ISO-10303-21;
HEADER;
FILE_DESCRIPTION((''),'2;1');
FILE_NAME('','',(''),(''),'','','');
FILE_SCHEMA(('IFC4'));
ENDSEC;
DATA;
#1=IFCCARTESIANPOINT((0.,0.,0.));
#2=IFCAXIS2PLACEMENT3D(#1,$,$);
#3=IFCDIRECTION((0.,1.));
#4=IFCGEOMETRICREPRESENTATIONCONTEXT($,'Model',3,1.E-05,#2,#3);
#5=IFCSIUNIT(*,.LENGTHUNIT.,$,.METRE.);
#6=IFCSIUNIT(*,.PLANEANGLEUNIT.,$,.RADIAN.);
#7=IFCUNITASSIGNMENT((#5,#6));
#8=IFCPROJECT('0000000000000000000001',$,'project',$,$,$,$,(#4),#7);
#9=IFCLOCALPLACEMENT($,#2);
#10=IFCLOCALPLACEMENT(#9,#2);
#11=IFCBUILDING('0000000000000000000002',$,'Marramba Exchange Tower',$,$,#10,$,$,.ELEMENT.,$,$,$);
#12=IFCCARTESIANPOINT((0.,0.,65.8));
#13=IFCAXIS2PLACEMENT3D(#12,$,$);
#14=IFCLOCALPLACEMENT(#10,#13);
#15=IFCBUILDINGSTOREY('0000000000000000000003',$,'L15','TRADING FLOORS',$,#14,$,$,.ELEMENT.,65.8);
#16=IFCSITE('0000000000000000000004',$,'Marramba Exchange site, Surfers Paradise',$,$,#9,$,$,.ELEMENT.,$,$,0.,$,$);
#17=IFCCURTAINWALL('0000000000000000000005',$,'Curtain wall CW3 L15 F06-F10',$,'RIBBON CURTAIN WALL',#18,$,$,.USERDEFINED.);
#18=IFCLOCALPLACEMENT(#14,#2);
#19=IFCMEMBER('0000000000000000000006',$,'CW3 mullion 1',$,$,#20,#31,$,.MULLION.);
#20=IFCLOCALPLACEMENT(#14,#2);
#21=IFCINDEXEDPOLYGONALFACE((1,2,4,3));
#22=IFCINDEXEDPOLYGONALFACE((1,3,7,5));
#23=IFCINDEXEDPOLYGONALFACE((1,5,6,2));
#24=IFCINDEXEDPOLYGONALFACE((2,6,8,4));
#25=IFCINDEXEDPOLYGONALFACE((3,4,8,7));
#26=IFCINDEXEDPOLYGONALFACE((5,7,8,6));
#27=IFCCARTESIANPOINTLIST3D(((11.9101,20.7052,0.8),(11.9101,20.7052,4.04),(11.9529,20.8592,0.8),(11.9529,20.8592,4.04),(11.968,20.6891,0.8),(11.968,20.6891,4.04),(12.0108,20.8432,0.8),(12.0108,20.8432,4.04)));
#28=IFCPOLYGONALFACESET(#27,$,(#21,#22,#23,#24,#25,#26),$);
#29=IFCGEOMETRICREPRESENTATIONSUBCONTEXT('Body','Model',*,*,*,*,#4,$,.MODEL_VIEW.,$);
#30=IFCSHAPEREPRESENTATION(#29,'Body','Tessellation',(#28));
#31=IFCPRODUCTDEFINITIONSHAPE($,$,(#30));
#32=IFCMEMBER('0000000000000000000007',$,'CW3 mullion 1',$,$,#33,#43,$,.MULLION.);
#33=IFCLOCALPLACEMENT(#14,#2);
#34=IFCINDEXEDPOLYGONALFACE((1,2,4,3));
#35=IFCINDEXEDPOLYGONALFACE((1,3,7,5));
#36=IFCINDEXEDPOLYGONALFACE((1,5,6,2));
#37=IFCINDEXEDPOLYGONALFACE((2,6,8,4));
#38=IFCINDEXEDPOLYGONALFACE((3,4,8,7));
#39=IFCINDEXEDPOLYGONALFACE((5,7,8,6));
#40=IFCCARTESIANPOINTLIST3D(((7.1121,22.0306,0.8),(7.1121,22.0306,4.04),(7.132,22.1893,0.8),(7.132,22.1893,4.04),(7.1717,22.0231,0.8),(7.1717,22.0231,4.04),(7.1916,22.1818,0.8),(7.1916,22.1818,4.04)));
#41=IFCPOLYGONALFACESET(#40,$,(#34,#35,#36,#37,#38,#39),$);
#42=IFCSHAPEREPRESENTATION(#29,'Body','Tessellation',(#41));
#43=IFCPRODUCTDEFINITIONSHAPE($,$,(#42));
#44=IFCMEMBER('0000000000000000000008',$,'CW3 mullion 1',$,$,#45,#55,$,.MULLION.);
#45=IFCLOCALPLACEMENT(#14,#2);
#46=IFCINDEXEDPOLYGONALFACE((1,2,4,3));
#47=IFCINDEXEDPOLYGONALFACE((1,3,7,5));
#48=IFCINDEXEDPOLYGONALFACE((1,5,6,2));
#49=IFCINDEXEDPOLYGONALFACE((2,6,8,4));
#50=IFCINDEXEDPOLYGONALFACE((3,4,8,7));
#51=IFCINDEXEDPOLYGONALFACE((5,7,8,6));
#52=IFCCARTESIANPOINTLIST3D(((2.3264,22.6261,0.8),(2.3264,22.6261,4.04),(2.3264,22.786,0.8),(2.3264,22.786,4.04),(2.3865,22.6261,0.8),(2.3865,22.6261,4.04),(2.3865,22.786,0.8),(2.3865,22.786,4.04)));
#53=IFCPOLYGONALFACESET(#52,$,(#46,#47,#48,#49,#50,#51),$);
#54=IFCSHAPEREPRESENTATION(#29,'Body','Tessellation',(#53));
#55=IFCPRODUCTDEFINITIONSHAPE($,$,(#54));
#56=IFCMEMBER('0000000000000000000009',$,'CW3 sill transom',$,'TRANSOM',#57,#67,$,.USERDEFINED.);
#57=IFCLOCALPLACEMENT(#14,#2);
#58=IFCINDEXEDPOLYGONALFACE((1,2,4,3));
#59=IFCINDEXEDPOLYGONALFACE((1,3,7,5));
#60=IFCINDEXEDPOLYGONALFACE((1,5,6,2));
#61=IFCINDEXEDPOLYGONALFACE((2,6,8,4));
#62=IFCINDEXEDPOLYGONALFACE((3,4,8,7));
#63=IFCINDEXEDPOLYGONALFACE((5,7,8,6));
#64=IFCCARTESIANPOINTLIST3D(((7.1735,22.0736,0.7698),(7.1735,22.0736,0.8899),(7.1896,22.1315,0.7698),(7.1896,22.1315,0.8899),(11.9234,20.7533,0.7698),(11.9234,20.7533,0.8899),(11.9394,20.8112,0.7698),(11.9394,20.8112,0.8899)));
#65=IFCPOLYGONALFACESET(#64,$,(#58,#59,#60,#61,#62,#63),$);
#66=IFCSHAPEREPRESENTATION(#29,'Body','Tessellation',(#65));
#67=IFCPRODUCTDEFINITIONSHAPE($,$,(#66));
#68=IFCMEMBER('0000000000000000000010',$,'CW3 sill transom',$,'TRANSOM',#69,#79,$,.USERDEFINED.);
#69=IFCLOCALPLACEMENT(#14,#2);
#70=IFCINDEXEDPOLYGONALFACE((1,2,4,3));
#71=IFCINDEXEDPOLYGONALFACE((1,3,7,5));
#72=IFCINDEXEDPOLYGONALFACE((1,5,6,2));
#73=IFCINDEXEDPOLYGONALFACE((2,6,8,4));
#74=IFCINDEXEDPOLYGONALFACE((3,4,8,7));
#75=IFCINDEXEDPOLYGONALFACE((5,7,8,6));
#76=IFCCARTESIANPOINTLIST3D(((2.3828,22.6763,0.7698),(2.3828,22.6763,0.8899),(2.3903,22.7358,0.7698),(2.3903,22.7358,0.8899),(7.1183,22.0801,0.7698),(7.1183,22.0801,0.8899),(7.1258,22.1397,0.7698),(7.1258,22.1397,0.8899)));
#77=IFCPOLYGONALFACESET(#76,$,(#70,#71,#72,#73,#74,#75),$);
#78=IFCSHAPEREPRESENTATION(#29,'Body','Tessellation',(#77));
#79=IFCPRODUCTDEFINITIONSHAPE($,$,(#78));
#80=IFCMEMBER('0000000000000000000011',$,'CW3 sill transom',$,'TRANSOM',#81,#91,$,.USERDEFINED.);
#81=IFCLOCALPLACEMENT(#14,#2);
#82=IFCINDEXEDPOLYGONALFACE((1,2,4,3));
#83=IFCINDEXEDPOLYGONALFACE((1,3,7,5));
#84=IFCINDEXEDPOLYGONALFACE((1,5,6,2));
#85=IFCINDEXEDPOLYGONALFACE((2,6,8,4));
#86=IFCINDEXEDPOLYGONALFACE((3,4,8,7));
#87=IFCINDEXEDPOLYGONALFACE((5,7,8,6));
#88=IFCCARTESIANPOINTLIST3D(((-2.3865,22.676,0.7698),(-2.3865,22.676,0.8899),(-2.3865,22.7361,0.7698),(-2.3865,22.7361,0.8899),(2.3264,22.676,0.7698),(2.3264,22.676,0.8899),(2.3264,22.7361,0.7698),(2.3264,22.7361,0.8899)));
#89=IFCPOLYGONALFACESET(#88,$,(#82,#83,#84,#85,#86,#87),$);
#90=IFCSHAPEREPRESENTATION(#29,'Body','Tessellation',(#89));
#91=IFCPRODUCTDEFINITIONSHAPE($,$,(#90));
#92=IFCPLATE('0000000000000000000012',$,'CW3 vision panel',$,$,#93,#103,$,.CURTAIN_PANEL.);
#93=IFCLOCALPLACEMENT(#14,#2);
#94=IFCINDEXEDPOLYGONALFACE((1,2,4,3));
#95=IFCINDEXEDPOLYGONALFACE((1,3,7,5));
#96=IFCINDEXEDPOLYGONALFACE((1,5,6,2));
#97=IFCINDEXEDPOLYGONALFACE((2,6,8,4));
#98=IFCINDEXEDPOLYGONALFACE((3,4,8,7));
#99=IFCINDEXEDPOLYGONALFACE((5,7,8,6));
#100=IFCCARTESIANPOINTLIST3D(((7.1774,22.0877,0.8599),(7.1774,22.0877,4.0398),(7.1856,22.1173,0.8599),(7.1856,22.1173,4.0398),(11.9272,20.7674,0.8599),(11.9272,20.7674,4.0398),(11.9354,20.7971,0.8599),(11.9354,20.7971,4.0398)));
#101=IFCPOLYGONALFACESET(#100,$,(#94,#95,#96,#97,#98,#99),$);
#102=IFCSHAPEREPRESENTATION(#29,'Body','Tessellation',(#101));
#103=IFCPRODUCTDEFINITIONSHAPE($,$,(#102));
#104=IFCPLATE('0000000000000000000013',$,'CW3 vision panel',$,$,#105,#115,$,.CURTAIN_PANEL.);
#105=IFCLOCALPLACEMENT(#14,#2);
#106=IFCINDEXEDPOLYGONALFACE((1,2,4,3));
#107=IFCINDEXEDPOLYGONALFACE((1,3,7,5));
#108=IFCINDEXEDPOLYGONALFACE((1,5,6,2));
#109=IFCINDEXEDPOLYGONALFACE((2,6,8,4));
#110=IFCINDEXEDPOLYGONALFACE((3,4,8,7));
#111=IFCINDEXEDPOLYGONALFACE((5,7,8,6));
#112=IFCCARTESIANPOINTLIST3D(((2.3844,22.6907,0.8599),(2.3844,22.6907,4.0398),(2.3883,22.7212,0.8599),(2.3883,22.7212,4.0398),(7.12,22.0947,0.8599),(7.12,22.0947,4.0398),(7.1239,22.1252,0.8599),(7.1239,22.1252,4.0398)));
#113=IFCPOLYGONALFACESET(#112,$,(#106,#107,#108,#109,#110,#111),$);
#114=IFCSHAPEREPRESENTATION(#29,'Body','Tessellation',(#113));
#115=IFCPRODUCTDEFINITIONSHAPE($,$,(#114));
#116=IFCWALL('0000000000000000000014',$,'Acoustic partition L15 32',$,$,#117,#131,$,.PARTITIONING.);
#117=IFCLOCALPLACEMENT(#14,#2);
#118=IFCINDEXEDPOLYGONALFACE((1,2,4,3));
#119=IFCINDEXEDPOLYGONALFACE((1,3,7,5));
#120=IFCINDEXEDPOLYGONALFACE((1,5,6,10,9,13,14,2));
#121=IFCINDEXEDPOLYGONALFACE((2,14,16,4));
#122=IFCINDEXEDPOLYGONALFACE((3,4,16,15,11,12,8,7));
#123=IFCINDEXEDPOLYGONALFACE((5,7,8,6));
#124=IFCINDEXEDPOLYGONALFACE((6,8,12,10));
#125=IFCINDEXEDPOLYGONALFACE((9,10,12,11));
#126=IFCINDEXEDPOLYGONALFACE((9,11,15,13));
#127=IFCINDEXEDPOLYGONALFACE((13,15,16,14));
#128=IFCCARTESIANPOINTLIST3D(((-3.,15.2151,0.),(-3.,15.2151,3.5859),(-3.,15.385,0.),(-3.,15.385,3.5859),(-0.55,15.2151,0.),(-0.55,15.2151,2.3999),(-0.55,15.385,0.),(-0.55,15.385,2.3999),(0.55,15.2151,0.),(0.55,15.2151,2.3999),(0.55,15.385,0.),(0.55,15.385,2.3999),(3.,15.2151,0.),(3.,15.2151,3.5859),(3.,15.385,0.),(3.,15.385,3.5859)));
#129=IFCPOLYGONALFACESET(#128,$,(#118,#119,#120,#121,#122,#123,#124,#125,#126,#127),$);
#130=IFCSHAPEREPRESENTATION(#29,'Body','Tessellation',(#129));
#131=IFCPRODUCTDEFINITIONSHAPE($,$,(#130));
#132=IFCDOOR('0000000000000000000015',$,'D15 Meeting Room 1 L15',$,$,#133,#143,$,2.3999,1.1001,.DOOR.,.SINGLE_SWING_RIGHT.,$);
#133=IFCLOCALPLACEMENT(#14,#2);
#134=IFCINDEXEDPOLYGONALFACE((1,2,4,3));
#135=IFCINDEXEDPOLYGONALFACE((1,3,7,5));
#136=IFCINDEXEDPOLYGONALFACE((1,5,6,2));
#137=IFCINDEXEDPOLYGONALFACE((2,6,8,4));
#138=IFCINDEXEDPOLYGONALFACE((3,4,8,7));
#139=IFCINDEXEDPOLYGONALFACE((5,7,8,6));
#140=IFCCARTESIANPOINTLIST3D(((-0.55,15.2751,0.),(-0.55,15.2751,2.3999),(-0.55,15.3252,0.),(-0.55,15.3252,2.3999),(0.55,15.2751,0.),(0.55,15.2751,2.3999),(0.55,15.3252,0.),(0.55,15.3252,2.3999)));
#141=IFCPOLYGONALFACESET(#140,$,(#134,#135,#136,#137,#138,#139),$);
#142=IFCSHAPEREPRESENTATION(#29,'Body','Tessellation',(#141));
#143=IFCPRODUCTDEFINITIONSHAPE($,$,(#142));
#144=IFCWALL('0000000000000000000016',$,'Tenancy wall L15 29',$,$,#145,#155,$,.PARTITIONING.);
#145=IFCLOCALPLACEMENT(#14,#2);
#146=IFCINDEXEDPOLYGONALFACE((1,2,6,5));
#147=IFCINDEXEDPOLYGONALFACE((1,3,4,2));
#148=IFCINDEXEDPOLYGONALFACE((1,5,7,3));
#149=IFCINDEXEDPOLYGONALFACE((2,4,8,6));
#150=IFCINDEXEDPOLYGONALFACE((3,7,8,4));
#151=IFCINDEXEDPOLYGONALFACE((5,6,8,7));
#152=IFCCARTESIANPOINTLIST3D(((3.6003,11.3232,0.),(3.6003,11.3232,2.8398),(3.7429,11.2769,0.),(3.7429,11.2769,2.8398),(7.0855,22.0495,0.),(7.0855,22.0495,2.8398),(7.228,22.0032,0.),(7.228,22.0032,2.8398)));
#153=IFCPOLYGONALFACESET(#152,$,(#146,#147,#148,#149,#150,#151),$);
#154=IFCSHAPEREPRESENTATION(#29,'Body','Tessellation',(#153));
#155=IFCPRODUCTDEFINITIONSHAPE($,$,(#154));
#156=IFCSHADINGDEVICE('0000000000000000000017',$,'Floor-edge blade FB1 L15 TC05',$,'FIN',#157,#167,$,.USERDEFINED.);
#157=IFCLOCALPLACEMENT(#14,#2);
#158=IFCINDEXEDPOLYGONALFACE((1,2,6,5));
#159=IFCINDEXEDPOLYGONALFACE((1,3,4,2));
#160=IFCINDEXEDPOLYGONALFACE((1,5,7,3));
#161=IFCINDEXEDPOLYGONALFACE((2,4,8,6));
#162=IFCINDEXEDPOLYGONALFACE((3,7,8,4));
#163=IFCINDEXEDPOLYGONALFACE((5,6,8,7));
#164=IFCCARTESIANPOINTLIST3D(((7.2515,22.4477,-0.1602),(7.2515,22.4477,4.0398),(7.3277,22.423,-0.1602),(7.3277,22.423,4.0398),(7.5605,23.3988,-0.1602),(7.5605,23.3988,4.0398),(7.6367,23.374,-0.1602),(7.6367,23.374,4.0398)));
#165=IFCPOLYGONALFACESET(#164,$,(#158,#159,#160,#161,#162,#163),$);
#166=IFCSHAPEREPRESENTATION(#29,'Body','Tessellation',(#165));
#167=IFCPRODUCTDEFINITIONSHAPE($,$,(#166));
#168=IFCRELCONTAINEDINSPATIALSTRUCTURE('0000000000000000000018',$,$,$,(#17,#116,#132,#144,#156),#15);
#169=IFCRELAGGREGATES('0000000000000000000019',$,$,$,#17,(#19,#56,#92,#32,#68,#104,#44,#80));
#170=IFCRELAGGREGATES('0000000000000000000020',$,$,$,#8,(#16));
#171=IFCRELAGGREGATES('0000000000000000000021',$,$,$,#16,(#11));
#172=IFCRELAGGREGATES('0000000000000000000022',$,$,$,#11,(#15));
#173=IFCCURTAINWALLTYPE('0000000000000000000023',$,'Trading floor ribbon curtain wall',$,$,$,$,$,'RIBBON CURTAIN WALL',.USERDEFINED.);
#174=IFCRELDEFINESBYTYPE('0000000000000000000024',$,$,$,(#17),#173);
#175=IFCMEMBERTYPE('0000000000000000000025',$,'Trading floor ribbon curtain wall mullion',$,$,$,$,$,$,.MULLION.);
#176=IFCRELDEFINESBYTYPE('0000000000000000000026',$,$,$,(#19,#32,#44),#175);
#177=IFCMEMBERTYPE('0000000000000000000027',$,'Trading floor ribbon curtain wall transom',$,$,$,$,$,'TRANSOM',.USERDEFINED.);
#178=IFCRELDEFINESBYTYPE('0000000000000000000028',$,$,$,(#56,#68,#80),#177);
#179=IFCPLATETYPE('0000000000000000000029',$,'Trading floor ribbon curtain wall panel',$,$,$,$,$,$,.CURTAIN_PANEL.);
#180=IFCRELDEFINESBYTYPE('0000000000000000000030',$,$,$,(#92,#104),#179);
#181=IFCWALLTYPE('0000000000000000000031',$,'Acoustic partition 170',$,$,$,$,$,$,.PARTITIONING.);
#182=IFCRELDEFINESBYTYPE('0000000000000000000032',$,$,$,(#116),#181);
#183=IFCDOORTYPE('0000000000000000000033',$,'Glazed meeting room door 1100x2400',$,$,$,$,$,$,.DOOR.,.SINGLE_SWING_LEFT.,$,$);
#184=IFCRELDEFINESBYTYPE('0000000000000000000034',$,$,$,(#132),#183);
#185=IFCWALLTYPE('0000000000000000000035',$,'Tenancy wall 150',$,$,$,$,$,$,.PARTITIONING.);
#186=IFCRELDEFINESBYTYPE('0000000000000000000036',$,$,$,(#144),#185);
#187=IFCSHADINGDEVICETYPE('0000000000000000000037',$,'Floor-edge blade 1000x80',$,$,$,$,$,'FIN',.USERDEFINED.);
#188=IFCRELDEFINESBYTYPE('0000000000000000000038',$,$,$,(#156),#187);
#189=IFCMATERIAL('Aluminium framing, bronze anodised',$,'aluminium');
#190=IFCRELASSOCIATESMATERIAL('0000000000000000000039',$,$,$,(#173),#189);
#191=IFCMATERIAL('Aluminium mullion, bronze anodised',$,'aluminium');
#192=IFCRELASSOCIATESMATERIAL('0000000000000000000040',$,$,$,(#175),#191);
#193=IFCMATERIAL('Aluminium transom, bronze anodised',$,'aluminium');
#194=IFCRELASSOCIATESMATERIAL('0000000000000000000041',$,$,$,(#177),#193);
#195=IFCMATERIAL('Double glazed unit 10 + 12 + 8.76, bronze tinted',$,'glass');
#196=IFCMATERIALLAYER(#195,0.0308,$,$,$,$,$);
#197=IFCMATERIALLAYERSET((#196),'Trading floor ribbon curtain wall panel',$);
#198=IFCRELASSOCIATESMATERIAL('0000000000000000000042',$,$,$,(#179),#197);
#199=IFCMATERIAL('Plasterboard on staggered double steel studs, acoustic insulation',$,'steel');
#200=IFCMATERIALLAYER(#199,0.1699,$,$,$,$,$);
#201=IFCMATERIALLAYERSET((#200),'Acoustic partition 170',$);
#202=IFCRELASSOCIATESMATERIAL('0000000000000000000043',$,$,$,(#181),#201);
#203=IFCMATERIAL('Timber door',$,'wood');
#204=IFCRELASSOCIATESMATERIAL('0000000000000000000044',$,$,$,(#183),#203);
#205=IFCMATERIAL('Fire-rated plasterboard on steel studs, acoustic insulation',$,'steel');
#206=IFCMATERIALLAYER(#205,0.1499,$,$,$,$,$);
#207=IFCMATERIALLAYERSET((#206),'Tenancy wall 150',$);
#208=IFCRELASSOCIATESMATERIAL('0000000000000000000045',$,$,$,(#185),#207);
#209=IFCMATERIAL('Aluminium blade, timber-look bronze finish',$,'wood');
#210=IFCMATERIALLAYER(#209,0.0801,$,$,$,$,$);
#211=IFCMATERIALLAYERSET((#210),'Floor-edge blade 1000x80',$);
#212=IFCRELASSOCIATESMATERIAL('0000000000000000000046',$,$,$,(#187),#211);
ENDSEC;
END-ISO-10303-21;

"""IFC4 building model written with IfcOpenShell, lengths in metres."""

from ifc_helpers import new_model, si_unit, direction, frame, frame_2d, origin, origin_2d, place, context, subcontext, project, spatial, rectangle, extrude, material, layer, layer_set, material_profile, profile_set, type_object, element, fill, aggregate, save


model = new_model("IFC4")

# Units and contexts
model_context = context("Model", 3, precision=1e-05, world=origin(), true_north=direction((0.0, 1.0)))
body_context = subcontext(model_context, "Body", "Model", "MODEL_VIEW")
ifc_project = project(units=[si_unit("LENGTHUNIT", "METRE"), si_unit("PLANEANGLEUNIT", "RADIAN")], contexts=[model_context])

# Site, building, storey
site_placement = place(None, origin())
site = spatial("IfcSite", under=ifc_project, at=site_placement, Name="Marramba Exchange site, Surfers Paradise", CompositionType="ELEMENT", RefElevation=0.0)
building_placement = place(site_placement, origin())
building = spatial("IfcBuilding", under=site, at=building_placement, Name="Marramba Exchange Tower", CompositionType="ELEMENT")
storey_placement = place(building_placement, frame((0.0, 0.0, 65.8)))
storey = spatial("IfcBuildingStorey", under=building, at=storey_placement, Name="L15", Description="TRADING FLOORS", CompositionType="ELEMENT", Elevation=65.8)

# Curtain wall, members, plates
ifc_material_1 = material(Name="Aluminium framing, bronze anodised", Category="aluminium")
curtain_wall_type = type_object("IfcCurtainWallType", Name="Trading floor ribbon curtain wall", ElementType="RIBBON CURTAIN WALL", PredefinedType="USERDEFINED", material=ifc_material_1)
curtain_wall_placement = place(storey_placement, origin())
curtain_wall = element("IfcCurtainWall", 1, at=curtain_wall_placement, inside=storey, type_object=curtain_wall_type, Name="Curtain wall CW3 L15 F06-F10", ObjectType="RIBBON CURTAIN WALL", PredefinedType="USERDEFINED")
ifc_material_2 = material(Name="Aluminium mullion, bronze anodised", Category="aluminium")
ifc_material_profile_1 = material_profile(ifc_material_2, rectangle(XDim=0.1599, YDim=0.0601, at=origin_2d()), Name="CW3 mullion 60x160")
ifc_profile_set_1 = profile_set([ifc_material_profile_1], Name="Aluminium mullion, bronze anodised")
member_type_1 = type_object("IfcMemberType", Name="Trading floor ribbon curtain wall mullion", PredefinedType="MULLION", material=ifc_profile_set_1)
member_1_placement = place(storey_placement, frame((11.9604, 20.7742, 0.8), z_axis=(0.0, 0.0, 1.0), x_axis=(-0.267809, -0.963472, 0.0)))
member_1 = element("IfcMember", 2, at=member_1_placement, type_object=member_type_1, Name="CW3 mullion 1", PredefinedType="MULLION", context=body_context, shape_type="SweptSolid", body=[
    extrude(rectangle(XDim=0.1599, YDim=0.0601, at=origin_2d()), origin(), (0.0, 0.0, 1.0), 3.24),
])
member_2_placement = place(storey_placement, frame((7.1519, 22.1062, 0.8), z_axis=(0.0, 0.0, 1.0), x_axis=(-0.124873, -0.992173, 0.0)))
member_2 = element("IfcMember", 3, at=member_2_placement, type_object=member_type_1, Name="CW3 mullion 1", PredefinedType="MULLION", context=body_context, shape_type="SweptSolid", body=[
    extrude(rectangle(XDim=0.1599, YDim=0.0601, at=origin_2d()), origin(), (0.0, 0.0, 1.0), 3.24),
])
member_3_placement = place(storey_placement, frame((2.3564, 22.7061, 0.8), z_axis=(0.0, 0.0, 1.0), x_axis=(0.0, -1.0, 0.0)))
member_3 = element("IfcMember", 4, at=member_3_placement, type_object=member_type_1, Name="CW3 mullion 1", PredefinedType="MULLION", context=body_context, shape_type="SweptSolid", body=[
    extrude(rectangle(XDim=0.1599, YDim=0.0601, at=origin_2d()), origin(), (0.0, 0.0, 1.0), 3.24),
])
ifc_material_3 = material(Name="Aluminium transom, bronze anodised", Category="aluminium")
ifc_material_profile_2 = material_profile(ifc_material_3, rectangle(XDim=0.0601, YDim=0.1201, at=origin_2d()), Name="CW3 transom 60x120")
ifc_profile_set_2 = profile_set([ifc_material_profile_2], Name="Aluminium transom, bronze anodised")
member_type_2 = type_object("IfcMemberType", Name="Trading floor ribbon curtain wall transom", ElementType="TRANSOM", PredefinedType="USERDEFINED", material=ifc_profile_set_2)
member_4_placement = place(storey_placement, frame((11.9314, 20.7822, 0.8298), z_axis=(-0.963469, 0.26782, 0.0), x_axis=(-0.26782, -0.963469, 0.0)))
member_4 = element("IfcMember", 5, at=member_4_placement, type_object=member_type_2, Name="CW3 sill transom", ObjectType="TRANSOM", PredefinedType="USERDEFINED", context=body_context, shape_type="SweptSolid", body=[
    extrude(rectangle(XDim=0.0601, YDim=0.1201, at=origin_2d()), origin(), (0.0, 0.0, 1.0), 4.9299),
])
member_5_placement = place(storey_placement, frame((7.1221, 22.1099, 0.8298), z_axis=(-0.992168, 0.12491, 0.0), x_axis=(-0.12491, -0.992168, 0.0)))
member_5 = element("IfcMember", 6, at=member_5_placement, type_object=member_type_2, Name="CW3 sill transom", ObjectType="TRANSOM", PredefinedType="USERDEFINED", context=body_context, shape_type="SweptSolid", body=[
    extrude(rectangle(XDim=0.0601, YDim=0.1201, at=origin_2d()), origin(), (0.0, 0.0, 1.0), 4.7729),
])
member_6_placement = place(storey_placement, frame((2.3264, 22.7061, 0.8298), z_axis=(-1.0, 0.0, 0.0), x_axis=(0.0, -1.0, 0.0)))
member_6 = element("IfcMember", 7, at=member_6_placement, type_object=member_type_2, Name="CW3 sill transom", ObjectType="TRANSOM", PredefinedType="USERDEFINED", context=body_context, shape_type="SweptSolid", body=[
    extrude(rectangle(XDim=0.0601, YDim=0.1201, at=origin_2d()), origin(), (0.0, 0.0, 1.0), 4.7129),
])
ifc_material_4 = material(Name="Double glazed unit 10 + 12 + 8.76, bronze tinted", Category="glass")
ifc_layer_1 = layer(ifc_material_4, 0.0308)
ifc_layer_set_1 = layer_set([ifc_layer_1], Name="Trading floor ribbon curtain wall panel")
plate_type = type_object("IfcPlateType", Name="Trading floor ribbon curtain wall panel", PredefinedType="CURTAIN_PANEL", material=ifc_layer_set_1)
plate_1_placement = place(storey_placement, frame((9.5564, 21.4424, 0.8599), z_axis=(0.0, 0.0, 1.0), x_axis=(-0.963472, 0.267809, 0.0)))
plate_1 = element("IfcPlate", 8, at=plate_1_placement, type_object=plate_type, Name="CW3 vision panel", PredefinedType="CURTAIN_PANEL", context=body_context, shape_type="SweptSolid", body=[
    extrude(rectangle(XDim=4.9299, YDim=0.0308, at=origin_2d()), origin(), (0.0, 0.0, 1.0), 3.1799),
])
plate_2_placement = place(storey_placement, frame((4.7542, 22.408, 0.8599), z_axis=(0.0, 0.0, 1.0), x_axis=(-0.992173, 0.124873, 0.0)))
plate_2 = element("IfcPlate", 9, at=plate_2_placement, type_object=plate_type, Name="CW3 vision panel", PredefinedType="CURTAIN_PANEL", context=body_context, shape_type="SweptSolid", body=[
    extrude(rectangle(XDim=4.7729, YDim=0.0308, at=origin_2d()), origin(), (0.0, 0.0, 1.0), 3.1799),
])
aggregate(curtain_wall, [member_1, member_4, plate_1, member_2, member_5, plate_2, member_3, member_6])

# Wall, opening, door
ifc_material_5 = material(Name="Plasterboard on staggered double steel studs, acoustic insulation", Category="steel")
ifc_layer_2 = layer(ifc_material_5, 0.1699)
ifc_layer_set_2 = layer_set([ifc_layer_2], Name="Acoustic partition 170")
wall_type_1 = type_object("IfcWallType", Name="Acoustic partition 170", PredefinedType="PARTITIONING", material=ifc_layer_set_2)
wall_1_placement = place(storey_placement, frame((3.0, 15.3, 0.0), z_axis=(0.0, 0.0, 1.0), x_axis=(-1.0, 0.0, 0.0)))
wall_1 = element("IfcWall", 10, at=wall_1_placement, inside=storey, type_object=wall_type_1, Name="Acoustic partition L15 32", PredefinedType="PARTITIONING", context=body_context, shape_type="SweptSolid", body=[
    extrude(rectangle(XDim=6.0, YDim=0.1699, at=frame_2d((3.0, 0.0))), origin(), (0.0, 0.0, 1.0), 3.5859),
])
opening_placement = place(wall_1_placement, frame((2.45, 0.0, 0.0)))
opening = element("IfcOpeningElement", 11, at=opening_placement, cuts=wall_1, PredefinedType="OPENING", context=body_context, shape_type="SweptSolid", body=[
    extrude(rectangle(XDim=1.1001, YDim=2.3999, at=frame_2d((0.55, 1.2))), frame((0.0, 0.095, 0.0), z_axis=(0.0, -1.0, 0.0), x_axis=(1.0, 0.0, 0.0)), (0.0, 0.0, 1.0), 0.1899),
])
ifc_material_6 = material(Name="Timber door", Category="wood")
door_type = type_object("IfcDoorType", Name="Glazed meeting room door 1100x2400", OperationType="SINGLE_SWING_LEFT", PredefinedType="DOOR", material=ifc_material_6)
door_placement = place(opening_placement, origin())
door = element("IfcDoor", 12, at=door_placement, inside=storey, type_object=door_type, Name="D15 Meeting Room 1 L15", OperationType="SINGLE_SWING_RIGHT", OverallHeight=2.3999, OverallWidth=1.1001, PredefinedType="DOOR", context=body_context, shape_type="SweptSolid", body=[
    extrude(rectangle(XDim=1.1001, YDim=2.3999, at=frame_2d((0.55, 1.2))), frame((0.0, 0.0249, 0.0), z_axis=(0.0, -1.0, 0.0), x_axis=(1.0, 0.0, 0.0)), (0.0, 0.0, 1.0), 0.05),
])
fill(opening, door)

# Wall
ifc_material_7 = material(Name="Fire-rated plasterboard on steel studs, acoustic insulation", Category="steel")
ifc_layer_3 = layer(ifc_material_7, 0.1499)
ifc_layer_set_3 = layer_set([ifc_layer_3], Name="Tenancy wall 150")
wall_type_2 = type_object("IfcWallType", Name="Tenancy wall 150", PredefinedType="PARTITIONING", material=ifc_layer_set_3)
wall_2_placement = place(storey_placement, frame((7.1567, 22.0264, 0.0), z_axis=(0.0, 0.0, 1.0), x_axis=(-0.30901, -0.951059, 0.0)))
element("IfcWall", 13, at=wall_2_placement, inside=storey, type_object=wall_type_2, Name="Tenancy wall L15 29", PredefinedType="PARTITIONING", context=body_context, shape_type="SweptSolid", body=[
    extrude(rectangle(XDim=11.2783, YDim=0.1499, at=frame_2d((5.6392, 0.0))), origin(), (0.0, 0.0, 1.0), 2.8398),
])

# Shading device
ifc_material_8 = material(Name="Aluminium blade, timber-look bronze finish", Category="wood")
ifc_layer_4 = layer(ifc_material_8, 0.0801)
ifc_layer_set_4 = layer_set([ifc_layer_4], Name="Floor-edge blade 1000x80")
shading_device_type_1 = type_object("IfcShadingDeviceType", Name="Floor-edge blade 1000x80", ElementType="FIN", PredefinedType="USERDEFINED", material=ifc_layer_set_4)
shading_device_1_placement = place(storey_placement, frame((7.4441, 22.9109, -0.1602), z_axis=(0.0, 0.0, 1.0), x_axis=(0.309017, 0.951057, 0.0)))
element("IfcShadingDevice", 14, at=shading_device_1_placement, inside=storey, type_object=shading_device_type_1, Name="Floor-edge blade FB1 L15 TC05", ObjectType="FIN", PredefinedType="USERDEFINED", context=body_context, shape_type="SweptSolid", body=[
    extrude(rectangle(XDim=1.0, YDim=0.0801, at=origin_2d()), origin(), (0.0, 0.0, 1.0), 4.2),
])

save(model, "model.ifc")
